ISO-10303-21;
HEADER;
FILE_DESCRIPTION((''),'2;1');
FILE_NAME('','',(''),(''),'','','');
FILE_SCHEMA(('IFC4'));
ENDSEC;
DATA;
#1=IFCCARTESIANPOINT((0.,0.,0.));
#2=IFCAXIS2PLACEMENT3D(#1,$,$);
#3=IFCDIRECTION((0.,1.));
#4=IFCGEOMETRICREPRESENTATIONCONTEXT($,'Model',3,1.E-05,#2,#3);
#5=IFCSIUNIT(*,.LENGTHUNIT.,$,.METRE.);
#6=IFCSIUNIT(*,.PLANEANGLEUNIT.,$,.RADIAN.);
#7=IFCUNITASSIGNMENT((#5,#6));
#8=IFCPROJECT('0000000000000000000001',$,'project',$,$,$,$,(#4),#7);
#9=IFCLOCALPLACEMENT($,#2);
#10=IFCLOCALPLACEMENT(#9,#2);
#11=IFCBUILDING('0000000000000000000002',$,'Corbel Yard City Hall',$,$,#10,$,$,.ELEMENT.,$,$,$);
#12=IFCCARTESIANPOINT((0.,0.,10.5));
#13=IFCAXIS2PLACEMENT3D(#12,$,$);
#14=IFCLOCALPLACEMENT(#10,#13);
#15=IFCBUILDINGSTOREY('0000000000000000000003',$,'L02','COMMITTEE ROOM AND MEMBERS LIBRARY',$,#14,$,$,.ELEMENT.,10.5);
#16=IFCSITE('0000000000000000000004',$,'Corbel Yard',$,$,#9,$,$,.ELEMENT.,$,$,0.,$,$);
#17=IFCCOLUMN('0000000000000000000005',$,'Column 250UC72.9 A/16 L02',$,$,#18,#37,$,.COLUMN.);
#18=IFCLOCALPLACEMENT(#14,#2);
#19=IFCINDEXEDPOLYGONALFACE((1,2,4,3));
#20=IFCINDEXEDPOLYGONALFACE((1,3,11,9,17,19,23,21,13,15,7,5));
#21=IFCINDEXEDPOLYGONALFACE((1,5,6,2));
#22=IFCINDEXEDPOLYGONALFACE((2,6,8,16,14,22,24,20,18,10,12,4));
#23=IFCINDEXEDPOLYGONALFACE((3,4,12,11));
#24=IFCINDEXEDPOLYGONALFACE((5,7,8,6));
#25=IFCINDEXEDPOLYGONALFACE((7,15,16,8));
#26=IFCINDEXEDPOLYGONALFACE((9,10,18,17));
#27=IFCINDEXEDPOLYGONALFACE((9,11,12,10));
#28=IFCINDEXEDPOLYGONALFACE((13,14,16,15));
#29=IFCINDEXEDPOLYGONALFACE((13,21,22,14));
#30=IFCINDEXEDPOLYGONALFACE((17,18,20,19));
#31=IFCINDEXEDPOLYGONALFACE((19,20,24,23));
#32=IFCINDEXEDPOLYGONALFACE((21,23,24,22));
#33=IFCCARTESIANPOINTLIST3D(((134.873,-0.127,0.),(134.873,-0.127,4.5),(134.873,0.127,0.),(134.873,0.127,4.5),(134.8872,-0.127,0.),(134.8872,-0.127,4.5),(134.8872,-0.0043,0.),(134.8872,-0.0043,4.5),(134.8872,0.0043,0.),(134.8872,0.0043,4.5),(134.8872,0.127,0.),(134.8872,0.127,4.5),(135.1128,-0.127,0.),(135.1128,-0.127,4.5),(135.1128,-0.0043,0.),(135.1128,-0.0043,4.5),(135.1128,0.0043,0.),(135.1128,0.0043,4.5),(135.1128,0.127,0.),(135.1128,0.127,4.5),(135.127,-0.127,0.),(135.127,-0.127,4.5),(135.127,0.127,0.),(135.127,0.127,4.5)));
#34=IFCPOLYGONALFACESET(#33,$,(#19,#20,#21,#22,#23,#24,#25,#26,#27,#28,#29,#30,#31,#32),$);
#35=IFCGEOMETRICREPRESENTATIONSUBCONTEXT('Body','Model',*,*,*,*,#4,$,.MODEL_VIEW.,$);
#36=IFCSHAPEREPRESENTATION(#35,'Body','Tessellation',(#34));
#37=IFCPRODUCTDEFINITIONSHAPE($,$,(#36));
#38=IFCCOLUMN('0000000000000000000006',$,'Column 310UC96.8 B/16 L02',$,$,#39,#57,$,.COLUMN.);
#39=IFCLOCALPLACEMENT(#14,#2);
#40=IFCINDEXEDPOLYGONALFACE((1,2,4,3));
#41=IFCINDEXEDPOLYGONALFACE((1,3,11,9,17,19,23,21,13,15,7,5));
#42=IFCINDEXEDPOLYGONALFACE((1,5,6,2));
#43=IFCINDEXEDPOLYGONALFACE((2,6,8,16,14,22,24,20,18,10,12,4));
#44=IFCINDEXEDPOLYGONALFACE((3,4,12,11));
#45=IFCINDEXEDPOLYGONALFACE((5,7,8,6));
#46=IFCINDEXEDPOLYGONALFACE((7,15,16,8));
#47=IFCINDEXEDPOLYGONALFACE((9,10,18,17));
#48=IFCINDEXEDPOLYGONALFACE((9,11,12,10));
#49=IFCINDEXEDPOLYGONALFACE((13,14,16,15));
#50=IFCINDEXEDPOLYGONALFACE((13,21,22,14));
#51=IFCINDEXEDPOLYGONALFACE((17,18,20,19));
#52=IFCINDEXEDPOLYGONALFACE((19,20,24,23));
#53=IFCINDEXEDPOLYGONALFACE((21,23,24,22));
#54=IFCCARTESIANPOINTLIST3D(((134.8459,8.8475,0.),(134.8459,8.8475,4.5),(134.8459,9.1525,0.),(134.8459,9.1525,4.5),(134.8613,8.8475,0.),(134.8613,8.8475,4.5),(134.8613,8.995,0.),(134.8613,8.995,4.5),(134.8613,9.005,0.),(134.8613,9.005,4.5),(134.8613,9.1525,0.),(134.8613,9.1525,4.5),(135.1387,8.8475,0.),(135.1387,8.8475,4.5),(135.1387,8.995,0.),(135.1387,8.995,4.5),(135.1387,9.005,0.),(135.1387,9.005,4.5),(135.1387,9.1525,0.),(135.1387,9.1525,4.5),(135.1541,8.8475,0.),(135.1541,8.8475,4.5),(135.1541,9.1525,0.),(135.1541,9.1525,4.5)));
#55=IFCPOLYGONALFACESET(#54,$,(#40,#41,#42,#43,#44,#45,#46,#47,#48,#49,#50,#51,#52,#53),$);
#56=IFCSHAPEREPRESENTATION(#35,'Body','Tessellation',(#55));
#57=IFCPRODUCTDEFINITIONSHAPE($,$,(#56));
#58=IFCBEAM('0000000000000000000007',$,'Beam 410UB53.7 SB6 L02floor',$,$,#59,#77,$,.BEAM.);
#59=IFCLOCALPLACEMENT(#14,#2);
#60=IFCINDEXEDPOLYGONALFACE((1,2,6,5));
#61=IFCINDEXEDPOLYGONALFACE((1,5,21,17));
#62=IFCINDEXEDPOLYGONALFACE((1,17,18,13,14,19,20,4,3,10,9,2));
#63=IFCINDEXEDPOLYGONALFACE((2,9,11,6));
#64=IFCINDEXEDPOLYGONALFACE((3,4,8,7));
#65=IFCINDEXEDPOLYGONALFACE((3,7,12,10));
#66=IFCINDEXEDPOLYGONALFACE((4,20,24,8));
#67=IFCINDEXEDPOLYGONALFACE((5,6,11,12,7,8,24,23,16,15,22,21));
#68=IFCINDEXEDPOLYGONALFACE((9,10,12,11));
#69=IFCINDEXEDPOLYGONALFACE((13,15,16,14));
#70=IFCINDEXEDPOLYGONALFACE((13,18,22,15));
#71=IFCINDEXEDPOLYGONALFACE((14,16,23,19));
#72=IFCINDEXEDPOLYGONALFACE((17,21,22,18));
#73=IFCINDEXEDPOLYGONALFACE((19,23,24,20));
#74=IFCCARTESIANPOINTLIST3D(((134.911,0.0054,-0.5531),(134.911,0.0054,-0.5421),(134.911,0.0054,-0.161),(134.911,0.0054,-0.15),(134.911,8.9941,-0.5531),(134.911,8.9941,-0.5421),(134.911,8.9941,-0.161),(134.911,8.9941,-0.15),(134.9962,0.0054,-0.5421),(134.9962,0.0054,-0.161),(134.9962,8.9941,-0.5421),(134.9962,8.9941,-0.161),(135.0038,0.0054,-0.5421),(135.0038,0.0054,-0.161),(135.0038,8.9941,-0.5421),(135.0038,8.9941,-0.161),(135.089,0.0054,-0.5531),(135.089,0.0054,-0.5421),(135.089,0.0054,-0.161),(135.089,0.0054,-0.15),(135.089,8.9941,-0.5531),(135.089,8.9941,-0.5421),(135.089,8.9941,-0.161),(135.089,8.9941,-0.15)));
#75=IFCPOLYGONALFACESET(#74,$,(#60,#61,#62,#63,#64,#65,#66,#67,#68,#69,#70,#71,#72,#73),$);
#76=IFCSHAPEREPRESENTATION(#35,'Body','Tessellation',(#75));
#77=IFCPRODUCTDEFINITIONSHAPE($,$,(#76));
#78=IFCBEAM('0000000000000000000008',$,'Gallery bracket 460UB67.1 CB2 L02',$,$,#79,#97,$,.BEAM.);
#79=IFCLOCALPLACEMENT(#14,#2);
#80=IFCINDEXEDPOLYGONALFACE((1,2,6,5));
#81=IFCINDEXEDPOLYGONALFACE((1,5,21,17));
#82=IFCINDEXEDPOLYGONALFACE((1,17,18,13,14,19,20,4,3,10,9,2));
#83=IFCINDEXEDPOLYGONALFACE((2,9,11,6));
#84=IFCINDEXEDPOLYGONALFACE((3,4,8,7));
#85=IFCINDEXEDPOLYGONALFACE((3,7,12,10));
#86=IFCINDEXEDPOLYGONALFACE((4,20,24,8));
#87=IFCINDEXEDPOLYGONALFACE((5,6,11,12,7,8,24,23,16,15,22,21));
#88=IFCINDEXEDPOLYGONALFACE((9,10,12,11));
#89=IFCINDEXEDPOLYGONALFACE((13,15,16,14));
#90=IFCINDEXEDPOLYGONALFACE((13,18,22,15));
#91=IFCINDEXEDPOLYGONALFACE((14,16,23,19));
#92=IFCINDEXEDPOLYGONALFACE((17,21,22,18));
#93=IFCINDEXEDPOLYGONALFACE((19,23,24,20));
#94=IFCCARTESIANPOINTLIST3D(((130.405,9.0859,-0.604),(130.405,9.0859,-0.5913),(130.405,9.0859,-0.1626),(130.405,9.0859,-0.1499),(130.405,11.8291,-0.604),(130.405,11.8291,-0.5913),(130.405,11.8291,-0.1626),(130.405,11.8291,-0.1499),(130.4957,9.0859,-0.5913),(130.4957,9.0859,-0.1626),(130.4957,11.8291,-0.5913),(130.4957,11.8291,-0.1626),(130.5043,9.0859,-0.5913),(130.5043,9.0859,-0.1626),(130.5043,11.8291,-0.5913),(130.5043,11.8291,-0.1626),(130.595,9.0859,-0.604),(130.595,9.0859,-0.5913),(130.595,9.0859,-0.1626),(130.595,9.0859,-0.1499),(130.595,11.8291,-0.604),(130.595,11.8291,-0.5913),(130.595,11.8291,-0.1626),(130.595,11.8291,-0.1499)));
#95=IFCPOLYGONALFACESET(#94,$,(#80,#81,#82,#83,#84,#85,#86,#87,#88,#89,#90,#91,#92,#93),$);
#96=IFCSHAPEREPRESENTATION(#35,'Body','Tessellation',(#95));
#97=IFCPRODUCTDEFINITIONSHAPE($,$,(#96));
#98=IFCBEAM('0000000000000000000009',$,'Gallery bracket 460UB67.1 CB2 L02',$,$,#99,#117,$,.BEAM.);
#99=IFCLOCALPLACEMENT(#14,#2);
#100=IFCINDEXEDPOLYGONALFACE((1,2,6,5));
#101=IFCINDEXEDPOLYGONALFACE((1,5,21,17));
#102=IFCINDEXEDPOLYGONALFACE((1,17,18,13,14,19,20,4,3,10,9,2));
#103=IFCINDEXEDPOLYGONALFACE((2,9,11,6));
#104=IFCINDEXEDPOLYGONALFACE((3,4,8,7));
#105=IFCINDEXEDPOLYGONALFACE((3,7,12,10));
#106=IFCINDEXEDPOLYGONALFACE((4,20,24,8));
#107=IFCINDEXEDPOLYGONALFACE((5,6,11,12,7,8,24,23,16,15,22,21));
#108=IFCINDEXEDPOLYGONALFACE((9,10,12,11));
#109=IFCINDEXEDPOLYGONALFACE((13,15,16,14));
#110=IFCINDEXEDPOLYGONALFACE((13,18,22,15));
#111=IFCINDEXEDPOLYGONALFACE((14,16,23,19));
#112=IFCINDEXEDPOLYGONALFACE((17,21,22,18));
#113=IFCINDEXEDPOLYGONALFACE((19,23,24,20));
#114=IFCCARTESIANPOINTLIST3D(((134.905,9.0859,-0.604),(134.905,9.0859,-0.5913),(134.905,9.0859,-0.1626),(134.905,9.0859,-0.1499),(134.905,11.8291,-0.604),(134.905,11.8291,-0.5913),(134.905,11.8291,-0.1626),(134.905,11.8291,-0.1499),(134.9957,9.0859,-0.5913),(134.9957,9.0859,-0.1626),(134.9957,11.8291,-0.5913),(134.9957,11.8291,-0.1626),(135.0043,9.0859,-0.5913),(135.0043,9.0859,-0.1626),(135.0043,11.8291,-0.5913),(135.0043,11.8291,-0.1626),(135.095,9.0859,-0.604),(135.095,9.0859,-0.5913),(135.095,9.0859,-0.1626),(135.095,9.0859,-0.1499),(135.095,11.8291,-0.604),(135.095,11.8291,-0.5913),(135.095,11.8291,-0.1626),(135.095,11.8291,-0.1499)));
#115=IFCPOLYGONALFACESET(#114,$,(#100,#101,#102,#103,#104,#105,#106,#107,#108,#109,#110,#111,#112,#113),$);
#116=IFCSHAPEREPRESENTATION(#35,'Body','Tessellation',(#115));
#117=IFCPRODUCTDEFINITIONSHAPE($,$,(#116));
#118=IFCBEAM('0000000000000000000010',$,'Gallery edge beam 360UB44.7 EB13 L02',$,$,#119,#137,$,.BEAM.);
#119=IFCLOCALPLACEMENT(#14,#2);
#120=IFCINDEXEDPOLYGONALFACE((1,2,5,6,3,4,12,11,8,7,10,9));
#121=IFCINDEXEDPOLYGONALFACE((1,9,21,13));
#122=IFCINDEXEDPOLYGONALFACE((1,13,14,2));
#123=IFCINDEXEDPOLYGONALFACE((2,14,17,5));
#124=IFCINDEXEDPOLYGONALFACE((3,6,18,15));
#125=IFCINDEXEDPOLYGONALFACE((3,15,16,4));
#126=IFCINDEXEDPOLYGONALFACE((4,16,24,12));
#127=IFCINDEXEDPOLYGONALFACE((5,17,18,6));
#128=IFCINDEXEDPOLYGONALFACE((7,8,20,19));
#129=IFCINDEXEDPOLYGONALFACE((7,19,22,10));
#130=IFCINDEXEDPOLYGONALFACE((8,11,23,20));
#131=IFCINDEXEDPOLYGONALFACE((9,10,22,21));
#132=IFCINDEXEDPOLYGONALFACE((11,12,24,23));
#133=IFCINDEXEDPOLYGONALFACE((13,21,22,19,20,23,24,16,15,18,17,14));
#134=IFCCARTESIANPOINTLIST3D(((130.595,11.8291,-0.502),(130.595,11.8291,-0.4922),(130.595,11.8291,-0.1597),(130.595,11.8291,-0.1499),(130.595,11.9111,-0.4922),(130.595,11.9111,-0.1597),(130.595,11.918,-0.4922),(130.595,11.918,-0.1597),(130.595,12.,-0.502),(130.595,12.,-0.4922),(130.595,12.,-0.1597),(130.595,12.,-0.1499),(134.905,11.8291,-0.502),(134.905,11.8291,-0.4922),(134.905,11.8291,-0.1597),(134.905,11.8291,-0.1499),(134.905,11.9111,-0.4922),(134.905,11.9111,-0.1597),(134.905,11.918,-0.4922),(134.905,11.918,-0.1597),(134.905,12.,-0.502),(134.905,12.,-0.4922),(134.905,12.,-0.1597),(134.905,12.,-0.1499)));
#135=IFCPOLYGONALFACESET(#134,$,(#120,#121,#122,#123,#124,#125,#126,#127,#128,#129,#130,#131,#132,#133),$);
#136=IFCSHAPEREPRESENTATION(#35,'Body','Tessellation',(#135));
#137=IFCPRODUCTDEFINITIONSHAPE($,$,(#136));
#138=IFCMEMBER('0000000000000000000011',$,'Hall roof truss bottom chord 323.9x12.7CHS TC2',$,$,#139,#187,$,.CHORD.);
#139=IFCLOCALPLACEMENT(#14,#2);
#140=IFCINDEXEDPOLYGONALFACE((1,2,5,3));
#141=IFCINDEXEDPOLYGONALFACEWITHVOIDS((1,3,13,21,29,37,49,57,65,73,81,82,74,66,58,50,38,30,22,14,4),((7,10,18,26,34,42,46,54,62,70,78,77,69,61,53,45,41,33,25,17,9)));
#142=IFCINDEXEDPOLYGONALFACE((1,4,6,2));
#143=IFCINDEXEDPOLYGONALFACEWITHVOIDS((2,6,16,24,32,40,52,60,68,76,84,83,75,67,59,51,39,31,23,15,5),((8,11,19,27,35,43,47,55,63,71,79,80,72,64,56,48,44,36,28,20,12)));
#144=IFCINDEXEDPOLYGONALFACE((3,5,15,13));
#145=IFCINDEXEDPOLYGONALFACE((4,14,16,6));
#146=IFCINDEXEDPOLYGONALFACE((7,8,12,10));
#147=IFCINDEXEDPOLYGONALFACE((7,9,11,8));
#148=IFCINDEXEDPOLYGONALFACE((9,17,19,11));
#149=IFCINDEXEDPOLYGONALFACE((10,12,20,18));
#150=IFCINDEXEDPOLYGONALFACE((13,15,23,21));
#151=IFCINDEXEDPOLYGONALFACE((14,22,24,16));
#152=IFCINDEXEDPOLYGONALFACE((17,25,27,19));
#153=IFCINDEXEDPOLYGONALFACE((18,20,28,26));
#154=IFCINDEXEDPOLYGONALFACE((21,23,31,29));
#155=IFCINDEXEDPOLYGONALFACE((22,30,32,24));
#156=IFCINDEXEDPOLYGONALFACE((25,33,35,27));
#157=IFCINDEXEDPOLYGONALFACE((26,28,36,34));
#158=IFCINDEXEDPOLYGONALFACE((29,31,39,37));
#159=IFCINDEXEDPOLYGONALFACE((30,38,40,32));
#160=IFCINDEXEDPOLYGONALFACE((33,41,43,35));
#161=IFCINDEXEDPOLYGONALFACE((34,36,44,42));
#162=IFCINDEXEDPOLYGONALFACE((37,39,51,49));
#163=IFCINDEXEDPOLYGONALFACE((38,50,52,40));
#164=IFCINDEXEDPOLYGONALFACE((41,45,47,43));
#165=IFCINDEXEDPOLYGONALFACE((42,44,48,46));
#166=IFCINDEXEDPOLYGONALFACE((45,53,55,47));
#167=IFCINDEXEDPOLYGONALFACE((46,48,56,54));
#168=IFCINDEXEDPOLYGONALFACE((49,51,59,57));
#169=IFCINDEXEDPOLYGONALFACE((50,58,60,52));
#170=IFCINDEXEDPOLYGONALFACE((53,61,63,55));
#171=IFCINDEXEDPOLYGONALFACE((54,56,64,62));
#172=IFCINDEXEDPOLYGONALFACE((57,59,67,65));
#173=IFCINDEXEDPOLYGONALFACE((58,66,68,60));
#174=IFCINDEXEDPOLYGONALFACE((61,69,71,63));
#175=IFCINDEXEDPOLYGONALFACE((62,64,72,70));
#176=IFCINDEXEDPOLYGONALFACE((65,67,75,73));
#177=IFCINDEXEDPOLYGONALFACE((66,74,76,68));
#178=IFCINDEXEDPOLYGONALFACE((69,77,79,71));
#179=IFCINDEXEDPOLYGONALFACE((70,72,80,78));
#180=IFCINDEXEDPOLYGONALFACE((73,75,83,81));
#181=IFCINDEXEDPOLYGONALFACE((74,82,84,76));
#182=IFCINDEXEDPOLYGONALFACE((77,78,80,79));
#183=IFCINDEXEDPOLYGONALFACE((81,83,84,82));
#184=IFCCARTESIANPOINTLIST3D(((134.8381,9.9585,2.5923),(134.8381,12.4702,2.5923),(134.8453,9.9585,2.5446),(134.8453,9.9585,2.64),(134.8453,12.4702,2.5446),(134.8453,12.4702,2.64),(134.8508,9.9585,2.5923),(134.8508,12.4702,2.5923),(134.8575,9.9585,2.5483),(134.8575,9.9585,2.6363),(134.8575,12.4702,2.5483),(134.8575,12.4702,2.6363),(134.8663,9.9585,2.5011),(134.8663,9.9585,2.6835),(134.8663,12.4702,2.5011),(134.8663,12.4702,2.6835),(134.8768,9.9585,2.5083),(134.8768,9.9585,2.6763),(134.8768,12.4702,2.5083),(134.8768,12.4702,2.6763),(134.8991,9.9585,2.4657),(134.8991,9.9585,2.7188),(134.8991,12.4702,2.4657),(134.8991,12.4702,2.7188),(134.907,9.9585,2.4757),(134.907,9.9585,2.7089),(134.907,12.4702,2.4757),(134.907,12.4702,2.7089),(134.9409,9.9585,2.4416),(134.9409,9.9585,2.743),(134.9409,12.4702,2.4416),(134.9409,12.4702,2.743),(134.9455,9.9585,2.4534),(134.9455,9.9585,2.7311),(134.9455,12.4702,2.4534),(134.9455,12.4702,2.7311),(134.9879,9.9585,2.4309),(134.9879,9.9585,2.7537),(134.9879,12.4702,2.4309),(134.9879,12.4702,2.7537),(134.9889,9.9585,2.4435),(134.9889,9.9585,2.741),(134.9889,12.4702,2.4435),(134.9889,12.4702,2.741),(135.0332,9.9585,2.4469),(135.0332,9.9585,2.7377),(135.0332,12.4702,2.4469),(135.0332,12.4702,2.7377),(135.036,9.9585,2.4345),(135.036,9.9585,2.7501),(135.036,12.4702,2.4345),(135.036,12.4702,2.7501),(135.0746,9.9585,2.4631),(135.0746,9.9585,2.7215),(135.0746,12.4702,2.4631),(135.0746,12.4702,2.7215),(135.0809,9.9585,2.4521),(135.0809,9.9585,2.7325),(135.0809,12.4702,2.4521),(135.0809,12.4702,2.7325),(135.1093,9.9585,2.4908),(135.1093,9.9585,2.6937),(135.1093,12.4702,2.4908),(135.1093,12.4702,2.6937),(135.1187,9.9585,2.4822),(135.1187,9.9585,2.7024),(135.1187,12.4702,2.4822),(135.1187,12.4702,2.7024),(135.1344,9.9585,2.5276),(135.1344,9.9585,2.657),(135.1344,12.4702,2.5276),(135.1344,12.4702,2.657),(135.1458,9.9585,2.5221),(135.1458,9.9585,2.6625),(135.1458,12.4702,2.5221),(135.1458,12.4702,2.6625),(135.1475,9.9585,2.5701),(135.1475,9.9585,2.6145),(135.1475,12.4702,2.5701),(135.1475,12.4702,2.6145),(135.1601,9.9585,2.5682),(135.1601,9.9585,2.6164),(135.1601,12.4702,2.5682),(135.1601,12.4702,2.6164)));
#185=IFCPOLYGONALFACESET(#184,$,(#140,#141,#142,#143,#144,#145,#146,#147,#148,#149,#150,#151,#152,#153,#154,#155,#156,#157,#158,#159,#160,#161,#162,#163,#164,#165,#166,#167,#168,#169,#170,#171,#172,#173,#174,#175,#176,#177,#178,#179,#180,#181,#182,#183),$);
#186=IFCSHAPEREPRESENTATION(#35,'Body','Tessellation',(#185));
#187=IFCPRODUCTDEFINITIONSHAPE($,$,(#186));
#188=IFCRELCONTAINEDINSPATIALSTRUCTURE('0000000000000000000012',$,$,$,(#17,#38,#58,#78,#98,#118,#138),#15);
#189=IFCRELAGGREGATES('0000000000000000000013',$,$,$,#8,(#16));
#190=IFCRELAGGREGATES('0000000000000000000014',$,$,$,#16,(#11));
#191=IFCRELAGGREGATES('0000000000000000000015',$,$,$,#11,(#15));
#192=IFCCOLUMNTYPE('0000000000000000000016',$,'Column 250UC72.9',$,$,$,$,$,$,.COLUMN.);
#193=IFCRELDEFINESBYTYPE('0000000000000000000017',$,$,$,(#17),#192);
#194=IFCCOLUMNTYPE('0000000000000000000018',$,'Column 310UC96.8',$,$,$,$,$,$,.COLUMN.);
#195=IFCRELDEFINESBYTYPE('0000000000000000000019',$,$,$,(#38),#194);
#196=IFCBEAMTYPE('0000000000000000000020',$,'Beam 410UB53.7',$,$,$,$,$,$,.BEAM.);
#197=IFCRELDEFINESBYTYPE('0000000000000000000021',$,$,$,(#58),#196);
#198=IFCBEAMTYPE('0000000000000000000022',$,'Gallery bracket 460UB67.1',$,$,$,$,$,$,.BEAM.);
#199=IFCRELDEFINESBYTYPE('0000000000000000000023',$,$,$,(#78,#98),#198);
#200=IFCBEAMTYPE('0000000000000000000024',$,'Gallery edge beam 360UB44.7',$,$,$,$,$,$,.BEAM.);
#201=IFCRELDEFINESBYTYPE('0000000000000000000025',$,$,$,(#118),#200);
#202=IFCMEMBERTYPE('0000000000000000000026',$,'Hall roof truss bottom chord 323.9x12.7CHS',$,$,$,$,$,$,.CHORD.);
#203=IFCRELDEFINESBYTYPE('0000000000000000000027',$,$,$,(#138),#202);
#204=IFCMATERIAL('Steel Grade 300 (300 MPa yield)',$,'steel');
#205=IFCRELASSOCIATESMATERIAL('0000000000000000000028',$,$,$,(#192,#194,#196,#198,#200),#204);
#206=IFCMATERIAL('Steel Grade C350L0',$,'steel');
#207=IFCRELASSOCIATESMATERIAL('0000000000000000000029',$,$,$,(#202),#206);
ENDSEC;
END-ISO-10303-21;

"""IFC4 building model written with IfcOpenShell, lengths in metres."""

from ifc_helpers import new_model, si_unit, direction, frame, origin, origin_2d, place, context, subcontext, project, spatial, hollow_circle, i_section, extrude, material, material_profile, profile_set, type_object, element, save


model = new_model("IFC4")

# Units and contexts
model_context = context("Model", 3, precision=1e-05, world=origin(), true_north=direction((0.0, 1.0)))
body_context = subcontext(model_context, "Body", "Model", "MODEL_VIEW")
ifc_project = project(units=[si_unit("LENGTHUNIT", "METRE"), si_unit("PLANEANGLEUNIT", "RADIAN")], contexts=[model_context])

# Site, building, storey
site_placement = place(None, origin())
site = spatial("IfcSite", under=ifc_project, at=site_placement, Name="Corbel Yard", CompositionType="ELEMENT", RefElevation=0.0)
building_placement = place(site_placement, origin())
building = spatial("IfcBuilding", under=site, at=building_placement, Name="Corbel Yard City Hall", CompositionType="ELEMENT")
storey_placement = place(building_placement, frame((0.0, 0.0, 10.5)))
storey = spatial("IfcBuildingStorey", under=building, at=storey_placement, Name="L02", Description="COMMITTEE ROOM AND MEMBERS LIBRARY", CompositionType="ELEMENT", Elevation=10.5)

# Columns
ifc_material_1 = material(Name="Steel Grade 300 (300 MPa yield)", Category="steel")
ifc_material_profile_1 = material_profile(ifc_material_1, i_section(OverallWidth=0.2539, OverallDepth=0.2539, WebThickness=0.0085, FlangeThickness=0.0142, at=origin_2d()), Name="250UC72.9")
ifc_profile_set_1 = profile_set([ifc_material_profile_1], Name="Steel Grade 300 (300 MPa yield)")
column_type_1 = type_object("IfcColumnType", Name="Column 250UC72.9", PredefinedType="COLUMN", material=ifc_profile_set_1)
column_1_placement = place(storey_placement, frame((135.0, 0.0, 0.0), z_axis=(0.0, 0.0, 1.0), x_axis=(0.0, 1.0, 0.0)))
element("IfcColumn", 1, at=column_1_placement, inside=storey, type_object=column_type_1, Name="Column 250UC72.9 A/16 L02", PredefinedType="COLUMN", context=body_context, shape_type="SweptSolid", body=[
    extrude(i_section(OverallWidth=0.2539, OverallDepth=0.2539, WebThickness=0.0085, FlangeThickness=0.0142, at=origin_2d()), origin(), (0.0, 0.0, 1.0), 4.5),
])
ifc_material_profile_2 = material_profile(ifc_material_1, i_section(OverallWidth=0.3049, OverallDepth=0.3081, WebThickness=0.01, FlangeThickness=0.0154, at=origin_2d()), Name="310UC96.8")
ifc_profile_set_2 = profile_set([ifc_material_profile_2], Name="Steel Grade 300 (300 MPa yield)")
column_type_2 = type_object("IfcColumnType", Name="Column 310UC96.8", PredefinedType="COLUMN", material=ifc_profile_set_2)
column_2_placement = place(storey_placement, frame((135.0, 9.0, 0.0), z_axis=(0.0, 0.0, 1.0), x_axis=(0.0, 1.0, 0.0)))
element("IfcColumn", 2, at=column_2_placement, inside=storey, type_object=column_type_2, Name="Column 310UC96.8 B/16 L02", PredefinedType="COLUMN", context=body_context, shape_type="SweptSolid", body=[
    extrude(i_section(OverallWidth=0.3049, OverallDepth=0.3081, WebThickness=0.01, FlangeThickness=0.0154, at=origin_2d()), origin(), (0.0, 0.0, 1.0), 4.5),
])

# Beams
ifc_material_profile_3 = material_profile(ifc_material_1, i_section(OverallWidth=0.178, OverallDepth=0.4031, WebThickness=0.0076, FlangeThickness=0.011, at=origin_2d()), Name="410UB53.7")
ifc_profile_set_3 = profile_set([ifc_material_profile_3], Name="Steel Grade 300 (300 MPa yield)")
beam_type_1 = type_object("IfcBeamType", Name="Beam 410UB53.7", PredefinedType="BEAM", material=ifc_profile_set_3)
beam_1_placement = place(storey_placement, frame((135.0, 0.0054, -0.3516), z_axis=(0.0, 1.0, 0.0), x_axis=(-1.0, 0.0, 0.0)))
element("IfcBeam", 3, at=beam_1_placement, inside=storey, type_object=beam_type_1, Name="Beam 410UB53.7 SB6 L02floor", PredefinedType="BEAM", context=body_context, shape_type="SweptSolid", body=[
    extrude(i_section(OverallWidth=0.178, OverallDepth=0.4031, WebThickness=0.0076, FlangeThickness=0.011, at=origin_2d()), origin(), (0.0, 0.0, 1.0), 8.9888),
])
ifc_material_profile_4 = material_profile(ifc_material_1, i_section(OverallWidth=0.1899, OverallDepth=0.4541, WebThickness=0.0085, FlangeThickness=0.0127, at=origin_2d()), Name="460UB67.1")
ifc_profile_set_4 = profile_set([ifc_material_profile_4], Name="Steel Grade 300 (300 MPa yield)")
beam_type_2 = type_object("IfcBeamType", Name="Gallery bracket 460UB67.1", PredefinedType="BEAM", material=ifc_profile_set_4)
for number, where, z_axis, x_axis, name in (
    (4, (130.5, 9.0859, -0.377), (0.0, 1.0, 0.0), (-1.0, 0.0, 0.0), "Gallery bracket 460UB67.1 CB2 L02"),
    (5, (135.0, 9.0859, -0.377), (0.0, 1.0, 0.0), (-1.0, 0.0, 0.0), "Gallery bracket 460UB67.1 CB2 L02"),
):
    element("IfcBeam", number, at=place(storey_placement, frame(where, z_axis=z_axis, x_axis=x_axis)), inside=storey, type_object=beam_type_2, Name=name, PredefinedType="BEAM", context=body_context, shape_type="SweptSolid", body=[
        extrude(i_section(OverallWidth=0.1899, OverallDepth=0.4541, WebThickness=0.0085, FlangeThickness=0.0127, at=origin_2d()), origin(), (0.0, 0.0, 1.0), 2.7432),
    ])
ifc_material_profile_5 = material_profile(ifc_material_1, i_section(OverallWidth=0.1709, OverallDepth=0.3521, WebThickness=0.0068, FlangeThickness=0.0098, at=origin_2d()), Name="360UB44.7")
ifc_profile_set_5 = profile_set([ifc_material_profile_5], Name="Steel Grade 300 (300 MPa yield)")
beam_type_3 = type_object("IfcBeamType", Name="Gallery edge beam 360UB44.7", PredefinedType="BEAM", material=ifc_profile_set_5)
beam_2_placement = place(storey_placement, frame((130.595, 11.9146, -0.3259), z_axis=(1.0, 0.0, 0.0), x_axis=(0.0, 1.0, 0.0)))
element("IfcBeam", 6, at=beam_2_placement, inside=storey, type_object=beam_type_3, Name="Gallery edge beam 360UB44.7 EB13 L02", PredefinedType="BEAM", context=body_context, shape_type="SweptSolid", body=[
    extrude(i_section(OverallWidth=0.1709, OverallDepth=0.3521, WebThickness=0.0068, FlangeThickness=0.0098, at=origin_2d()), origin(), (0.0, 0.0, 1.0), 4.3101),
])

# Member
ifc_material_2 = material(Name="Steel Grade C350L0", Category="steel")
ifc_material_profile_6 = material_profile(ifc_material_2, hollow_circle(Radius=0.1619, WallThickness=0.0127, at=origin_2d()), Name="323.9x12.7CHS")
ifc_profile_set_6 = profile_set([ifc_material_profile_6], Name="Steel Grade C350L0")
member_type_1 = type_object("IfcMemberType", Name="Hall roof truss bottom chord 323.9x12.7CHS", PredefinedType="CHORD", material=ifc_profile_set_6)
member_1_placement = place(storey_placement, frame((135.0, 9.9585, 2.5923), z_axis=(0.0, 1.0, 0.0), x_axis=(-1.0, 0.0, 0.0)))
element("IfcMember", 7, at=member_1_placement, inside=storey, type_object=member_type_1, Name="Hall roof truss bottom chord 323.9x12.7CHS TC2", PredefinedType="CHORD", context=body_context, shape_type="SweptSolid", body=[
    extrude(hollow_circle(Radius=0.1619, WallThickness=0.0127, at=origin_2d()), origin(), (0.0, 0.0, 1.0), 2.5117),
])

save(model, "model.ifc")
